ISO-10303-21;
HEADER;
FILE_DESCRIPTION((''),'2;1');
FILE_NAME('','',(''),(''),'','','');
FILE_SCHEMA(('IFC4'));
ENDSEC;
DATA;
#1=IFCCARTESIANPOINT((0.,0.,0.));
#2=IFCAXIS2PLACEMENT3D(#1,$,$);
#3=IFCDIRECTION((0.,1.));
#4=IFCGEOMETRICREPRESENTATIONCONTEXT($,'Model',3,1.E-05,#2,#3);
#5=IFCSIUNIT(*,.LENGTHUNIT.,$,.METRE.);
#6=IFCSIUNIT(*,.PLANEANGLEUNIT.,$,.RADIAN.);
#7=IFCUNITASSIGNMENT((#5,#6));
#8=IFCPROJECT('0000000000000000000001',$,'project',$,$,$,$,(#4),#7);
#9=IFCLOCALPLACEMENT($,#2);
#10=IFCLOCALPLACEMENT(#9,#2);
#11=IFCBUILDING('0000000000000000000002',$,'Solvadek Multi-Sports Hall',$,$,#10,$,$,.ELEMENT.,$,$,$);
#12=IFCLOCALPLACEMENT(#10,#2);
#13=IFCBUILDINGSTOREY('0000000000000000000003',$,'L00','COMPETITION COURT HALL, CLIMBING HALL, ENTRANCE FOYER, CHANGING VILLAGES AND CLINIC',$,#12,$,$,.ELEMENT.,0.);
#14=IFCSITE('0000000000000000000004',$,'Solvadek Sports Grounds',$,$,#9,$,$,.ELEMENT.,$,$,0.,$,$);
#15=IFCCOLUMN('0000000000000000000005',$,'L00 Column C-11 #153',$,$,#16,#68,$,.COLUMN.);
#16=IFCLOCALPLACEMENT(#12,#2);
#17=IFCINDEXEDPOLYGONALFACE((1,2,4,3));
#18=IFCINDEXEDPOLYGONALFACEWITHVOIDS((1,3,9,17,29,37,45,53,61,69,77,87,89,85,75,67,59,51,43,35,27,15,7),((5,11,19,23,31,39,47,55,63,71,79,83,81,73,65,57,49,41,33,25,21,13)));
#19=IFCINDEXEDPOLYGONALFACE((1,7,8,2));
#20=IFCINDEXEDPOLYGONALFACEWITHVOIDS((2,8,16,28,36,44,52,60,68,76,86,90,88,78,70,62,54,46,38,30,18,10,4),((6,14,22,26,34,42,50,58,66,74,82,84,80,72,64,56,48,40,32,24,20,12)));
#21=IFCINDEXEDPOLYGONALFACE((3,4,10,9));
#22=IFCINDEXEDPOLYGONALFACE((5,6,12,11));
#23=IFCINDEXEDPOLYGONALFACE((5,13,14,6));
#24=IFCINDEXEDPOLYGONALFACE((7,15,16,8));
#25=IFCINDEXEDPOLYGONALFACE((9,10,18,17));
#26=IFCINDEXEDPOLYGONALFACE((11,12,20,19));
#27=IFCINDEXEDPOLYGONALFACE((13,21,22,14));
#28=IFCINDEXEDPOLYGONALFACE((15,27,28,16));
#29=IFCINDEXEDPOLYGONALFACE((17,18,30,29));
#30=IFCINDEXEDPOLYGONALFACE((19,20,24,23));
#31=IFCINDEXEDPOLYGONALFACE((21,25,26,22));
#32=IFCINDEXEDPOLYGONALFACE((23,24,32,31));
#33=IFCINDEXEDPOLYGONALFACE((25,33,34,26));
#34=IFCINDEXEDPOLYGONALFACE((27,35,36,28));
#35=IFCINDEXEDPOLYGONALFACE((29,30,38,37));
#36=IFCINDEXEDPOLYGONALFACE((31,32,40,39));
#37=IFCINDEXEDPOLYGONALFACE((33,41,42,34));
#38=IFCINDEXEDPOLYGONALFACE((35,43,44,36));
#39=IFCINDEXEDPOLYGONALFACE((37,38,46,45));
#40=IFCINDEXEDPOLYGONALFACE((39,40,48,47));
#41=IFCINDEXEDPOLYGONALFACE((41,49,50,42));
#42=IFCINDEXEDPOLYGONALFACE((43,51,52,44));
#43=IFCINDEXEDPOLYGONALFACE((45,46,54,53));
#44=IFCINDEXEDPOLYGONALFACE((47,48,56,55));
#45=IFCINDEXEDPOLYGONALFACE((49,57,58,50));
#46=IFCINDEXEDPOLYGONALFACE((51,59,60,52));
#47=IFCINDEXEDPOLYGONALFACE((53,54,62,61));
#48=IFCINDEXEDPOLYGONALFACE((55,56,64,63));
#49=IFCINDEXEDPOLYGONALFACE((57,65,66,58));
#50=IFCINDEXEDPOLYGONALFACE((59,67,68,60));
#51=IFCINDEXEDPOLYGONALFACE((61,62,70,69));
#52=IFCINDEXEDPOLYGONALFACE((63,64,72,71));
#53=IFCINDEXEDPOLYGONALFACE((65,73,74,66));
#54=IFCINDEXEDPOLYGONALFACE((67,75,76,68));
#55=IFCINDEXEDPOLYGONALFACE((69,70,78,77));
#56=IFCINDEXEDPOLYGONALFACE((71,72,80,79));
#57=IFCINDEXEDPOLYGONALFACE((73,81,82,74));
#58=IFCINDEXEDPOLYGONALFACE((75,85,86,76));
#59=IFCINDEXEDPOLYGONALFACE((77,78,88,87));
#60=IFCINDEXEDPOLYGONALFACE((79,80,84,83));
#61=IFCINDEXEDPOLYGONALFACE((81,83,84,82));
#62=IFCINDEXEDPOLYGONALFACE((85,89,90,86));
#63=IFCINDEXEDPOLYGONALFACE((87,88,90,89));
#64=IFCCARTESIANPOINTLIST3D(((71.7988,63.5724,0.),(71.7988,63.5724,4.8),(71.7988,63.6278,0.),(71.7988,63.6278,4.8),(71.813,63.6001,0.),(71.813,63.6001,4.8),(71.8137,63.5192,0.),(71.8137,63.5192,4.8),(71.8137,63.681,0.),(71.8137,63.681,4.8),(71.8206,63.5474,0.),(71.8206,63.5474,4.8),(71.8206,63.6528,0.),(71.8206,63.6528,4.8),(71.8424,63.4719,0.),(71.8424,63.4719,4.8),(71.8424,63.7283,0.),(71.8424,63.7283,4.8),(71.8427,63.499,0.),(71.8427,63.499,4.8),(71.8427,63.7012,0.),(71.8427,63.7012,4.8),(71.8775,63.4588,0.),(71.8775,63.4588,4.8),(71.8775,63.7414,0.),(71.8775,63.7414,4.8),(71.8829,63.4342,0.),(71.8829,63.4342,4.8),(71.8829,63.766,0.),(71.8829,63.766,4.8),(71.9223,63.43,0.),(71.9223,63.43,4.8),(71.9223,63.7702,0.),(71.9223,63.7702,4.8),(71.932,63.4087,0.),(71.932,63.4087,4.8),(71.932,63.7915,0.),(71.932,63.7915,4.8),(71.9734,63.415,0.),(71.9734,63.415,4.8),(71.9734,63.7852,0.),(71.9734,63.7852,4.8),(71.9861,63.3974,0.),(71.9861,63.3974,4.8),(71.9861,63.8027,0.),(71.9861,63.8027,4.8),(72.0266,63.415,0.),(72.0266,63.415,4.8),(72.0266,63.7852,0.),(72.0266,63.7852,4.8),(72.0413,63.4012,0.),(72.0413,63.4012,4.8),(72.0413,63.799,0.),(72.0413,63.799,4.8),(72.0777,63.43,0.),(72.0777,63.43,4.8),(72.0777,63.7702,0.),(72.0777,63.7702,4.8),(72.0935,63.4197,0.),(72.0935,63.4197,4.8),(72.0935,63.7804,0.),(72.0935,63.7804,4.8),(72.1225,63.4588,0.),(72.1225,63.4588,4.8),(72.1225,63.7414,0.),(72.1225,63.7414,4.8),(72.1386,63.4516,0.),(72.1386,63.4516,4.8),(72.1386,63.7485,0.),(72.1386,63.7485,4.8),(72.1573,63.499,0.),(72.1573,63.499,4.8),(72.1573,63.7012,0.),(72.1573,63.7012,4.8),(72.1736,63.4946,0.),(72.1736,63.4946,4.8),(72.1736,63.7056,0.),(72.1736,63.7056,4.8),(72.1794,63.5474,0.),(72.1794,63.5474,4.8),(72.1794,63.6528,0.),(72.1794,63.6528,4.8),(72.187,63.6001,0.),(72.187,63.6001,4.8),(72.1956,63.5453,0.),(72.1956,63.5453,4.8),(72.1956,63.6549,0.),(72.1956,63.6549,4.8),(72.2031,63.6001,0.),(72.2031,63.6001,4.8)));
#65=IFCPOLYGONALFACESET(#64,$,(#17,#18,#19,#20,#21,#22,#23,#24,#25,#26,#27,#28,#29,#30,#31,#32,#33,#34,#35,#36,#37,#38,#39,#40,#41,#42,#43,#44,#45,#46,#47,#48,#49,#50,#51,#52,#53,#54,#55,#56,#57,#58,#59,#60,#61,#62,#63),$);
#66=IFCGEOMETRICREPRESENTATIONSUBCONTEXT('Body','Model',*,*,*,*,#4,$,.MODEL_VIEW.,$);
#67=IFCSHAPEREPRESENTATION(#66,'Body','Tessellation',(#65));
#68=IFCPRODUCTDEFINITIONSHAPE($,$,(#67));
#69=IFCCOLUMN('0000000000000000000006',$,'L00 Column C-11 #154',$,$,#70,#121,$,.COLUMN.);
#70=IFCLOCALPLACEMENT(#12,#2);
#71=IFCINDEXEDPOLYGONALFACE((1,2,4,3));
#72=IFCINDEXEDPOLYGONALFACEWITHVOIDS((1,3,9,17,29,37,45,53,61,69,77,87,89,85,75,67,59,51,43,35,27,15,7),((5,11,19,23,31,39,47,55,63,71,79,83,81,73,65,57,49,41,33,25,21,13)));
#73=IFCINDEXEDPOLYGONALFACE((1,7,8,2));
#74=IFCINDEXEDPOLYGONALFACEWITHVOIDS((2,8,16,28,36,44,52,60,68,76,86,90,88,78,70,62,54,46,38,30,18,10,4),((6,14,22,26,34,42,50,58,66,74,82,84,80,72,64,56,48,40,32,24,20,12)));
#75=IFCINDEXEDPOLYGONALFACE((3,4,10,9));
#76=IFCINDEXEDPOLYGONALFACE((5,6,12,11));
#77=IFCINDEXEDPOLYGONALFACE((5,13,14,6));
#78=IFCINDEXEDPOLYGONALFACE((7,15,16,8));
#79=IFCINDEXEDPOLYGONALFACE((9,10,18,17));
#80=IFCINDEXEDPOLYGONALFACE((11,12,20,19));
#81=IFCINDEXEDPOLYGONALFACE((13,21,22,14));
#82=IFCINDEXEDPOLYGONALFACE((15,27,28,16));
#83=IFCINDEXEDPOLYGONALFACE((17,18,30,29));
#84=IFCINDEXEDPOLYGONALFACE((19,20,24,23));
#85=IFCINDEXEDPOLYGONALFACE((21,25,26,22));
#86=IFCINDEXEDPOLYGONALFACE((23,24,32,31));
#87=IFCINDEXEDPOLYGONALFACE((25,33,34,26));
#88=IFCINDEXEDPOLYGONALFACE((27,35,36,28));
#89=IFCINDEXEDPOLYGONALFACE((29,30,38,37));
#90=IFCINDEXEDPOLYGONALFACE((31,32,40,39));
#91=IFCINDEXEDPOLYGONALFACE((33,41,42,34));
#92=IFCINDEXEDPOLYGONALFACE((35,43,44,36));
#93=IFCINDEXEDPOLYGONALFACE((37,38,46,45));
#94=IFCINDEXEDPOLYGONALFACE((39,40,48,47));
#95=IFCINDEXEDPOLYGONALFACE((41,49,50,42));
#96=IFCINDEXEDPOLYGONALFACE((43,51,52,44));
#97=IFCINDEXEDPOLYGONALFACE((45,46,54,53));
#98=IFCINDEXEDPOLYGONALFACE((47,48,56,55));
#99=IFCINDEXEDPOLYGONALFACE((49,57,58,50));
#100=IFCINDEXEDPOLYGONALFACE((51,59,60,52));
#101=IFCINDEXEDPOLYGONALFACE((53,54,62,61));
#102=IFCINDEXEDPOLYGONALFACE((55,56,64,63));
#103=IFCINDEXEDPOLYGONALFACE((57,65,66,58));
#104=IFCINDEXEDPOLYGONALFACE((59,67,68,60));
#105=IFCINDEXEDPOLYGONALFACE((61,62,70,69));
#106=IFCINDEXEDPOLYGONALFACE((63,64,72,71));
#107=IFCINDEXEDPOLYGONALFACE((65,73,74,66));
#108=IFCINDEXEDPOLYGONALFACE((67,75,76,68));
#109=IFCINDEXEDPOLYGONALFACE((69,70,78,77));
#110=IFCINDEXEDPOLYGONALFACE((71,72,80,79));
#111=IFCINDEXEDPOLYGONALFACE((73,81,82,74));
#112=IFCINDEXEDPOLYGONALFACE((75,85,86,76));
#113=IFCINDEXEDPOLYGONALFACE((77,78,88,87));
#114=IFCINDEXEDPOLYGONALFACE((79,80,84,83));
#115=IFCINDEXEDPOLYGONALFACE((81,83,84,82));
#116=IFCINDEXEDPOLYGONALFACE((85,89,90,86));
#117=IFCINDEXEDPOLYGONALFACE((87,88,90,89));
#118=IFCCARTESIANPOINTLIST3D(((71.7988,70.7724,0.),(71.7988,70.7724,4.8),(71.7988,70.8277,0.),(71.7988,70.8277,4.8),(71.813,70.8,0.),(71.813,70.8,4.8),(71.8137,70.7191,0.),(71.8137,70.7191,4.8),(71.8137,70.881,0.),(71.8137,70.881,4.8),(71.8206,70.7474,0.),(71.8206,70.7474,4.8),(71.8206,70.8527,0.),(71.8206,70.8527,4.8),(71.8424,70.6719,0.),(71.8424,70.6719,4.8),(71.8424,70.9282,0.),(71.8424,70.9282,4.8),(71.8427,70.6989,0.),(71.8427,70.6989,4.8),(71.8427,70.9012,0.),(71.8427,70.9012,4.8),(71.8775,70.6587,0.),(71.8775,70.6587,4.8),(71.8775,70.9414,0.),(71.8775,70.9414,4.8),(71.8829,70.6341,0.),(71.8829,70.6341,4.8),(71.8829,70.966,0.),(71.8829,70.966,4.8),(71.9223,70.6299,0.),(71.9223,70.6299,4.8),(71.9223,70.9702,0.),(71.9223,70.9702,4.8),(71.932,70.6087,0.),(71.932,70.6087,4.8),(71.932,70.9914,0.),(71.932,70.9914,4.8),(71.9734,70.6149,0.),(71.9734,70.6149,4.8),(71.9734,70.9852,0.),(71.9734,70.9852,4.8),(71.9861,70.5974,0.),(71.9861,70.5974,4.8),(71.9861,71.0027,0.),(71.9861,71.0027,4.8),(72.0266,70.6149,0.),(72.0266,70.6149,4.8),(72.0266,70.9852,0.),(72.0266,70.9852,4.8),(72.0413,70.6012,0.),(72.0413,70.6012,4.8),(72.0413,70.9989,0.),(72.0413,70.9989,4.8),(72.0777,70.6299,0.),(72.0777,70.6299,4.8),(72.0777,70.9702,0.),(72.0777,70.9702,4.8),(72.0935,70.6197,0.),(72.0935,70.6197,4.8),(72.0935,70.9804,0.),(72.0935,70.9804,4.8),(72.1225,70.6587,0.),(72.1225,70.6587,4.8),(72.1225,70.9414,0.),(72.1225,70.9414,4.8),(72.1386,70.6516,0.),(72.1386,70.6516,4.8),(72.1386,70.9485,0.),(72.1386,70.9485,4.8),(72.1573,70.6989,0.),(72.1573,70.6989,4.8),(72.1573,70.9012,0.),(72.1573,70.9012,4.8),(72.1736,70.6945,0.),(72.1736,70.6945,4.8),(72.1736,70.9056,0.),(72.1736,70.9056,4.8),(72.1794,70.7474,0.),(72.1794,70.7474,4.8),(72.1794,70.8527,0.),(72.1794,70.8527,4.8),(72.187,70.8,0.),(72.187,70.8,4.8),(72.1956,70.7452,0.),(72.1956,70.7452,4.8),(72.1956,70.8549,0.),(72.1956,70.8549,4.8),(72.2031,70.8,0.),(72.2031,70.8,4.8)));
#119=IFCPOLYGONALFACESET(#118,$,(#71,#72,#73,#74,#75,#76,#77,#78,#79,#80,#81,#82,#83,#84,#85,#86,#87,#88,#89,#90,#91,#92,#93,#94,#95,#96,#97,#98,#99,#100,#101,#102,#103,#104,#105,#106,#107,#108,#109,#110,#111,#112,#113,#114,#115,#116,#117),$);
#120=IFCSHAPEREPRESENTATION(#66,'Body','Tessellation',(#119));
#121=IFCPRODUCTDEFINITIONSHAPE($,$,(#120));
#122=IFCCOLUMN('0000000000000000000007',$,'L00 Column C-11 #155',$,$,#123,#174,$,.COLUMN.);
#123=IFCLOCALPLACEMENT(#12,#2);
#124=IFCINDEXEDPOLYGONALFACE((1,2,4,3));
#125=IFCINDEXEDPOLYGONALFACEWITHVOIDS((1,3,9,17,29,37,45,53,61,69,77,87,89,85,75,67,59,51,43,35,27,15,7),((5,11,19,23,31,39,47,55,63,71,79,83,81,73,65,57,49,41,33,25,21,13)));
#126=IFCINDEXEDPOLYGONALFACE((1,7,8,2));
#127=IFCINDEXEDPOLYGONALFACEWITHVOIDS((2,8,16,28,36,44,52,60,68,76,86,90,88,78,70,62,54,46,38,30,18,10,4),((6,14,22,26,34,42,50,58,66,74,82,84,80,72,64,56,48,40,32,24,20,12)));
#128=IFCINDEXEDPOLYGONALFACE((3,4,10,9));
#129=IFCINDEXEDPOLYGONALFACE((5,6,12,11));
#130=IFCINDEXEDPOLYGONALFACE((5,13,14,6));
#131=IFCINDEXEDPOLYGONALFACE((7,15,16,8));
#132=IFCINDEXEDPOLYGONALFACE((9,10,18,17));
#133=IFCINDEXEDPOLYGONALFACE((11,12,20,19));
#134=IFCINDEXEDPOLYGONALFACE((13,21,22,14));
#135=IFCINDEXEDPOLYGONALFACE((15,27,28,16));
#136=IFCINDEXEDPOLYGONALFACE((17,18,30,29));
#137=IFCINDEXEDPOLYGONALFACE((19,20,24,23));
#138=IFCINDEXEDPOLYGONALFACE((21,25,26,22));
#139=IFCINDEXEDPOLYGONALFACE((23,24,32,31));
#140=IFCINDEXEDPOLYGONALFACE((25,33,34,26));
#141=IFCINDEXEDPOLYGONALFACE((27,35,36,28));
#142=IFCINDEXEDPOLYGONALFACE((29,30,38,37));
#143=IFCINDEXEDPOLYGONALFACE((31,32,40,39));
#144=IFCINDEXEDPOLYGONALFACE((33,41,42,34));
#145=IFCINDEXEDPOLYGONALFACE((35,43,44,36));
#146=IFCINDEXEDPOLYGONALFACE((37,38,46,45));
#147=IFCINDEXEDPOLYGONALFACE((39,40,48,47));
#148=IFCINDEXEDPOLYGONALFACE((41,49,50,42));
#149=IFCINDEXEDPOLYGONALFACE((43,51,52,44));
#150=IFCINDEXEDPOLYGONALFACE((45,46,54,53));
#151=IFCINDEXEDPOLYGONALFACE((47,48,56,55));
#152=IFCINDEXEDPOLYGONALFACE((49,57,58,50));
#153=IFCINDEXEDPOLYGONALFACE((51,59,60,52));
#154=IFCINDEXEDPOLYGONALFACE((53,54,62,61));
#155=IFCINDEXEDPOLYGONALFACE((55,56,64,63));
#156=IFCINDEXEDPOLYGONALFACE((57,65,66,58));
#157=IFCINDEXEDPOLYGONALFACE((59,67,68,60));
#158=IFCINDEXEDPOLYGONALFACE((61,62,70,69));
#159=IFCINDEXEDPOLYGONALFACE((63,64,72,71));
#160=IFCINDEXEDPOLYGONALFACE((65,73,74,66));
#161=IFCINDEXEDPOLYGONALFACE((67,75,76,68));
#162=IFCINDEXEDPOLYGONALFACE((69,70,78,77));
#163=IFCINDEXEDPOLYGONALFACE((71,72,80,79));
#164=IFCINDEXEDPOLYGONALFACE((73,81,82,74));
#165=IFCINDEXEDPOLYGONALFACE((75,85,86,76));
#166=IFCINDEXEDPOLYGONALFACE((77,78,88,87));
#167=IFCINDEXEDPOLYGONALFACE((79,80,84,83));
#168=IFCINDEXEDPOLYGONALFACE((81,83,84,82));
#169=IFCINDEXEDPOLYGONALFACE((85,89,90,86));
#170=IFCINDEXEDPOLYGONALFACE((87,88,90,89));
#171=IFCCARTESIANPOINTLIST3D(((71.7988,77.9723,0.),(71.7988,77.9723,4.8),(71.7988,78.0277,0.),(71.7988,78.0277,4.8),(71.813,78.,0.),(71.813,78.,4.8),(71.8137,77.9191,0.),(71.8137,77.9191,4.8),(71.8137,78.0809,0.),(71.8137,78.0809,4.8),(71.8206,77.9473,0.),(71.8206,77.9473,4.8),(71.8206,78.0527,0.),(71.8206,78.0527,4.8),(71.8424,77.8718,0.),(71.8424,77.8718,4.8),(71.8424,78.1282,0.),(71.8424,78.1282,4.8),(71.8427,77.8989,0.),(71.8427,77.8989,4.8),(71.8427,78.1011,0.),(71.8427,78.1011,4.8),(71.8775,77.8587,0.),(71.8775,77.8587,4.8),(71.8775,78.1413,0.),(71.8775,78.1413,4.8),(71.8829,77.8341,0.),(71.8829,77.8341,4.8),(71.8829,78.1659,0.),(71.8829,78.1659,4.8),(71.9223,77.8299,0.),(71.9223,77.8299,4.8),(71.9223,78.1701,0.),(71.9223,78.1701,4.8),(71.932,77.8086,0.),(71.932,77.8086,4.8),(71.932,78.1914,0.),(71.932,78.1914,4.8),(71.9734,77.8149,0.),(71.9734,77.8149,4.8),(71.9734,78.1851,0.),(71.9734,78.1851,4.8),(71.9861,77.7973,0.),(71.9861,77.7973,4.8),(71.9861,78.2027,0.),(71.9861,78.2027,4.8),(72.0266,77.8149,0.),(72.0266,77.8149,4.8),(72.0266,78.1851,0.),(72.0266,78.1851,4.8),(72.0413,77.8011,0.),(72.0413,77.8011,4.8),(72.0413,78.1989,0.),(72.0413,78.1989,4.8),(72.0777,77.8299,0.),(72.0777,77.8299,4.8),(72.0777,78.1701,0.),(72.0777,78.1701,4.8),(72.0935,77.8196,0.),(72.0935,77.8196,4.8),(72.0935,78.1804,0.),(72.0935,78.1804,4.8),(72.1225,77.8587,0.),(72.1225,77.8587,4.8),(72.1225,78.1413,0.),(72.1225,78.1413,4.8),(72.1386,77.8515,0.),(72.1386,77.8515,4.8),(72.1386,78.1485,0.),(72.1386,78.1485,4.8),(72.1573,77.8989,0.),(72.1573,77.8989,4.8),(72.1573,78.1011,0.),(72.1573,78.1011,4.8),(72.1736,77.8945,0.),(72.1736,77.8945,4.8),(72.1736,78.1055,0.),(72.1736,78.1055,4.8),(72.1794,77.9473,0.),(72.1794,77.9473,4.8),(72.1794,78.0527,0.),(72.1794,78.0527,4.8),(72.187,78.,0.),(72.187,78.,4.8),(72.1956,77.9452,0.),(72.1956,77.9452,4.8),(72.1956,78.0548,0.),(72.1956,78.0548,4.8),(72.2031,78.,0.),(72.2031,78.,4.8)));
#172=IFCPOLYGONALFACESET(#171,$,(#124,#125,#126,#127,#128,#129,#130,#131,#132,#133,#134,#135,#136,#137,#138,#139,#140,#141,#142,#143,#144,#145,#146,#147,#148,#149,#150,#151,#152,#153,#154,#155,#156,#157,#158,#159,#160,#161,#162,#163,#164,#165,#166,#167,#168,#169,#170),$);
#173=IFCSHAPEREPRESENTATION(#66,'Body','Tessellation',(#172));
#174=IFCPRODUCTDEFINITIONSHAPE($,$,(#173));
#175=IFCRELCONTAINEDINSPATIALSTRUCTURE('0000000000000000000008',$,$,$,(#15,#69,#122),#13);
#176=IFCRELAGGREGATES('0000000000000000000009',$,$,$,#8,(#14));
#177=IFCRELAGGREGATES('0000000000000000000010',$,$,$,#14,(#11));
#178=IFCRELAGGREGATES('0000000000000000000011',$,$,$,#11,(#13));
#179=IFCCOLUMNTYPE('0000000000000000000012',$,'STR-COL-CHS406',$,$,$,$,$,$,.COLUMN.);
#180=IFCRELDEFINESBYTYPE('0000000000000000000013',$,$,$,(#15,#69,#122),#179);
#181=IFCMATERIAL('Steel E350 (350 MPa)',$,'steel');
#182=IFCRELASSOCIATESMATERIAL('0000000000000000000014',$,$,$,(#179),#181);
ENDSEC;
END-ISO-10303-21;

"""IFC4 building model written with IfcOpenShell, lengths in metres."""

from ifc_helpers import new_model, si_unit, direction, frame, origin, origin_2d, place, context, subcontext, project, spatial, hollow_circle, extrude, material, material_profile, profile_set, type_object, element, save


model = new_model("IFC4")

# Units and contexts
model_context = context("Model", 3, precision=1e-05, world=origin(), true_north=direction((0.0, 1.0)))
body_context = subcontext(model_context, "Body", "Model", "MODEL_VIEW")
ifc_project = project(units=[si_unit("LENGTHUNIT", "METRE"), si_unit("PLANEANGLEUNIT", "RADIAN")], contexts=[model_context])

# Site, building, storey
site_placement = place(None, origin())
site = spatial("IfcSite", under=ifc_project, at=site_placement, Name="Solvadek Sports Grounds", CompositionType="ELEMENT", RefElevation=0.0)
building_placement = place(site_placement, origin())
building = spatial("IfcBuilding", under=site, at=building_placement, Name="Solvadek Multi-Sports Hall", CompositionType="ELEMENT")
storey_placement = place(building_placement, origin())
storey = spatial("IfcBuildingStorey", under=building, at=storey_placement, Name="L00", Description="COMPETITION COURT HALL, CLIMBING HALL, ENTRANCE FOYER, CHANGING VILLAGES AND CLINIC", CompositionType="ELEMENT", Elevation=0.0)

# Columns
ifc_material_1 = material(Name="Steel E350 (350 MPa)", Category="steel")
ifc_material_profile_1 = material_profile(ifc_material_1, hollow_circle(Radius=0.2031, WallThickness=0.0161, at=origin_2d()), Name="CHS 406.4x16")
ifc_profile_set_1 = profile_set([ifc_material_profile_1], Name="Steel E350 (350 MPa)")
column_type = type_object("IfcColumnType", Name="STR-COL-CHS406", PredefinedType="COLUMN", material=ifc_profile_set_1)
for number, where, z_axis, x_axis, name in (
    (1, (72.0, 63.6001, 0.0), (0.0, 0.0, 1.0), (1.0, 0.0, 0.0), "L00 Column C-11 #153"),
    (2, (72.0, 70.8, 0.0), (0.0, 0.0, 1.0), (1.0, 0.0, 0.0), "L00 Column C-11 #154"),
    (3, (72.0, 78.0, 0.0), (0.0, 0.0, 1.0), (1.0, 0.0, 0.0), "L00 Column C-11 #155"),
):
    element("IfcColumn", number, at=place(storey_placement, frame(where, z_axis=z_axis, x_axis=x_axis)), inside=storey, type_object=column_type, Name=name, PredefinedType="COLUMN", context=body_context, shape_type="SweptSolid", body=[
        extrude(hollow_circle(Radius=0.2031, WallThickness=0.0161, at=origin_2d()), origin(), (0.0, 0.0, 1.0), 4.8),
    ])

save(model, "model.ifc")
